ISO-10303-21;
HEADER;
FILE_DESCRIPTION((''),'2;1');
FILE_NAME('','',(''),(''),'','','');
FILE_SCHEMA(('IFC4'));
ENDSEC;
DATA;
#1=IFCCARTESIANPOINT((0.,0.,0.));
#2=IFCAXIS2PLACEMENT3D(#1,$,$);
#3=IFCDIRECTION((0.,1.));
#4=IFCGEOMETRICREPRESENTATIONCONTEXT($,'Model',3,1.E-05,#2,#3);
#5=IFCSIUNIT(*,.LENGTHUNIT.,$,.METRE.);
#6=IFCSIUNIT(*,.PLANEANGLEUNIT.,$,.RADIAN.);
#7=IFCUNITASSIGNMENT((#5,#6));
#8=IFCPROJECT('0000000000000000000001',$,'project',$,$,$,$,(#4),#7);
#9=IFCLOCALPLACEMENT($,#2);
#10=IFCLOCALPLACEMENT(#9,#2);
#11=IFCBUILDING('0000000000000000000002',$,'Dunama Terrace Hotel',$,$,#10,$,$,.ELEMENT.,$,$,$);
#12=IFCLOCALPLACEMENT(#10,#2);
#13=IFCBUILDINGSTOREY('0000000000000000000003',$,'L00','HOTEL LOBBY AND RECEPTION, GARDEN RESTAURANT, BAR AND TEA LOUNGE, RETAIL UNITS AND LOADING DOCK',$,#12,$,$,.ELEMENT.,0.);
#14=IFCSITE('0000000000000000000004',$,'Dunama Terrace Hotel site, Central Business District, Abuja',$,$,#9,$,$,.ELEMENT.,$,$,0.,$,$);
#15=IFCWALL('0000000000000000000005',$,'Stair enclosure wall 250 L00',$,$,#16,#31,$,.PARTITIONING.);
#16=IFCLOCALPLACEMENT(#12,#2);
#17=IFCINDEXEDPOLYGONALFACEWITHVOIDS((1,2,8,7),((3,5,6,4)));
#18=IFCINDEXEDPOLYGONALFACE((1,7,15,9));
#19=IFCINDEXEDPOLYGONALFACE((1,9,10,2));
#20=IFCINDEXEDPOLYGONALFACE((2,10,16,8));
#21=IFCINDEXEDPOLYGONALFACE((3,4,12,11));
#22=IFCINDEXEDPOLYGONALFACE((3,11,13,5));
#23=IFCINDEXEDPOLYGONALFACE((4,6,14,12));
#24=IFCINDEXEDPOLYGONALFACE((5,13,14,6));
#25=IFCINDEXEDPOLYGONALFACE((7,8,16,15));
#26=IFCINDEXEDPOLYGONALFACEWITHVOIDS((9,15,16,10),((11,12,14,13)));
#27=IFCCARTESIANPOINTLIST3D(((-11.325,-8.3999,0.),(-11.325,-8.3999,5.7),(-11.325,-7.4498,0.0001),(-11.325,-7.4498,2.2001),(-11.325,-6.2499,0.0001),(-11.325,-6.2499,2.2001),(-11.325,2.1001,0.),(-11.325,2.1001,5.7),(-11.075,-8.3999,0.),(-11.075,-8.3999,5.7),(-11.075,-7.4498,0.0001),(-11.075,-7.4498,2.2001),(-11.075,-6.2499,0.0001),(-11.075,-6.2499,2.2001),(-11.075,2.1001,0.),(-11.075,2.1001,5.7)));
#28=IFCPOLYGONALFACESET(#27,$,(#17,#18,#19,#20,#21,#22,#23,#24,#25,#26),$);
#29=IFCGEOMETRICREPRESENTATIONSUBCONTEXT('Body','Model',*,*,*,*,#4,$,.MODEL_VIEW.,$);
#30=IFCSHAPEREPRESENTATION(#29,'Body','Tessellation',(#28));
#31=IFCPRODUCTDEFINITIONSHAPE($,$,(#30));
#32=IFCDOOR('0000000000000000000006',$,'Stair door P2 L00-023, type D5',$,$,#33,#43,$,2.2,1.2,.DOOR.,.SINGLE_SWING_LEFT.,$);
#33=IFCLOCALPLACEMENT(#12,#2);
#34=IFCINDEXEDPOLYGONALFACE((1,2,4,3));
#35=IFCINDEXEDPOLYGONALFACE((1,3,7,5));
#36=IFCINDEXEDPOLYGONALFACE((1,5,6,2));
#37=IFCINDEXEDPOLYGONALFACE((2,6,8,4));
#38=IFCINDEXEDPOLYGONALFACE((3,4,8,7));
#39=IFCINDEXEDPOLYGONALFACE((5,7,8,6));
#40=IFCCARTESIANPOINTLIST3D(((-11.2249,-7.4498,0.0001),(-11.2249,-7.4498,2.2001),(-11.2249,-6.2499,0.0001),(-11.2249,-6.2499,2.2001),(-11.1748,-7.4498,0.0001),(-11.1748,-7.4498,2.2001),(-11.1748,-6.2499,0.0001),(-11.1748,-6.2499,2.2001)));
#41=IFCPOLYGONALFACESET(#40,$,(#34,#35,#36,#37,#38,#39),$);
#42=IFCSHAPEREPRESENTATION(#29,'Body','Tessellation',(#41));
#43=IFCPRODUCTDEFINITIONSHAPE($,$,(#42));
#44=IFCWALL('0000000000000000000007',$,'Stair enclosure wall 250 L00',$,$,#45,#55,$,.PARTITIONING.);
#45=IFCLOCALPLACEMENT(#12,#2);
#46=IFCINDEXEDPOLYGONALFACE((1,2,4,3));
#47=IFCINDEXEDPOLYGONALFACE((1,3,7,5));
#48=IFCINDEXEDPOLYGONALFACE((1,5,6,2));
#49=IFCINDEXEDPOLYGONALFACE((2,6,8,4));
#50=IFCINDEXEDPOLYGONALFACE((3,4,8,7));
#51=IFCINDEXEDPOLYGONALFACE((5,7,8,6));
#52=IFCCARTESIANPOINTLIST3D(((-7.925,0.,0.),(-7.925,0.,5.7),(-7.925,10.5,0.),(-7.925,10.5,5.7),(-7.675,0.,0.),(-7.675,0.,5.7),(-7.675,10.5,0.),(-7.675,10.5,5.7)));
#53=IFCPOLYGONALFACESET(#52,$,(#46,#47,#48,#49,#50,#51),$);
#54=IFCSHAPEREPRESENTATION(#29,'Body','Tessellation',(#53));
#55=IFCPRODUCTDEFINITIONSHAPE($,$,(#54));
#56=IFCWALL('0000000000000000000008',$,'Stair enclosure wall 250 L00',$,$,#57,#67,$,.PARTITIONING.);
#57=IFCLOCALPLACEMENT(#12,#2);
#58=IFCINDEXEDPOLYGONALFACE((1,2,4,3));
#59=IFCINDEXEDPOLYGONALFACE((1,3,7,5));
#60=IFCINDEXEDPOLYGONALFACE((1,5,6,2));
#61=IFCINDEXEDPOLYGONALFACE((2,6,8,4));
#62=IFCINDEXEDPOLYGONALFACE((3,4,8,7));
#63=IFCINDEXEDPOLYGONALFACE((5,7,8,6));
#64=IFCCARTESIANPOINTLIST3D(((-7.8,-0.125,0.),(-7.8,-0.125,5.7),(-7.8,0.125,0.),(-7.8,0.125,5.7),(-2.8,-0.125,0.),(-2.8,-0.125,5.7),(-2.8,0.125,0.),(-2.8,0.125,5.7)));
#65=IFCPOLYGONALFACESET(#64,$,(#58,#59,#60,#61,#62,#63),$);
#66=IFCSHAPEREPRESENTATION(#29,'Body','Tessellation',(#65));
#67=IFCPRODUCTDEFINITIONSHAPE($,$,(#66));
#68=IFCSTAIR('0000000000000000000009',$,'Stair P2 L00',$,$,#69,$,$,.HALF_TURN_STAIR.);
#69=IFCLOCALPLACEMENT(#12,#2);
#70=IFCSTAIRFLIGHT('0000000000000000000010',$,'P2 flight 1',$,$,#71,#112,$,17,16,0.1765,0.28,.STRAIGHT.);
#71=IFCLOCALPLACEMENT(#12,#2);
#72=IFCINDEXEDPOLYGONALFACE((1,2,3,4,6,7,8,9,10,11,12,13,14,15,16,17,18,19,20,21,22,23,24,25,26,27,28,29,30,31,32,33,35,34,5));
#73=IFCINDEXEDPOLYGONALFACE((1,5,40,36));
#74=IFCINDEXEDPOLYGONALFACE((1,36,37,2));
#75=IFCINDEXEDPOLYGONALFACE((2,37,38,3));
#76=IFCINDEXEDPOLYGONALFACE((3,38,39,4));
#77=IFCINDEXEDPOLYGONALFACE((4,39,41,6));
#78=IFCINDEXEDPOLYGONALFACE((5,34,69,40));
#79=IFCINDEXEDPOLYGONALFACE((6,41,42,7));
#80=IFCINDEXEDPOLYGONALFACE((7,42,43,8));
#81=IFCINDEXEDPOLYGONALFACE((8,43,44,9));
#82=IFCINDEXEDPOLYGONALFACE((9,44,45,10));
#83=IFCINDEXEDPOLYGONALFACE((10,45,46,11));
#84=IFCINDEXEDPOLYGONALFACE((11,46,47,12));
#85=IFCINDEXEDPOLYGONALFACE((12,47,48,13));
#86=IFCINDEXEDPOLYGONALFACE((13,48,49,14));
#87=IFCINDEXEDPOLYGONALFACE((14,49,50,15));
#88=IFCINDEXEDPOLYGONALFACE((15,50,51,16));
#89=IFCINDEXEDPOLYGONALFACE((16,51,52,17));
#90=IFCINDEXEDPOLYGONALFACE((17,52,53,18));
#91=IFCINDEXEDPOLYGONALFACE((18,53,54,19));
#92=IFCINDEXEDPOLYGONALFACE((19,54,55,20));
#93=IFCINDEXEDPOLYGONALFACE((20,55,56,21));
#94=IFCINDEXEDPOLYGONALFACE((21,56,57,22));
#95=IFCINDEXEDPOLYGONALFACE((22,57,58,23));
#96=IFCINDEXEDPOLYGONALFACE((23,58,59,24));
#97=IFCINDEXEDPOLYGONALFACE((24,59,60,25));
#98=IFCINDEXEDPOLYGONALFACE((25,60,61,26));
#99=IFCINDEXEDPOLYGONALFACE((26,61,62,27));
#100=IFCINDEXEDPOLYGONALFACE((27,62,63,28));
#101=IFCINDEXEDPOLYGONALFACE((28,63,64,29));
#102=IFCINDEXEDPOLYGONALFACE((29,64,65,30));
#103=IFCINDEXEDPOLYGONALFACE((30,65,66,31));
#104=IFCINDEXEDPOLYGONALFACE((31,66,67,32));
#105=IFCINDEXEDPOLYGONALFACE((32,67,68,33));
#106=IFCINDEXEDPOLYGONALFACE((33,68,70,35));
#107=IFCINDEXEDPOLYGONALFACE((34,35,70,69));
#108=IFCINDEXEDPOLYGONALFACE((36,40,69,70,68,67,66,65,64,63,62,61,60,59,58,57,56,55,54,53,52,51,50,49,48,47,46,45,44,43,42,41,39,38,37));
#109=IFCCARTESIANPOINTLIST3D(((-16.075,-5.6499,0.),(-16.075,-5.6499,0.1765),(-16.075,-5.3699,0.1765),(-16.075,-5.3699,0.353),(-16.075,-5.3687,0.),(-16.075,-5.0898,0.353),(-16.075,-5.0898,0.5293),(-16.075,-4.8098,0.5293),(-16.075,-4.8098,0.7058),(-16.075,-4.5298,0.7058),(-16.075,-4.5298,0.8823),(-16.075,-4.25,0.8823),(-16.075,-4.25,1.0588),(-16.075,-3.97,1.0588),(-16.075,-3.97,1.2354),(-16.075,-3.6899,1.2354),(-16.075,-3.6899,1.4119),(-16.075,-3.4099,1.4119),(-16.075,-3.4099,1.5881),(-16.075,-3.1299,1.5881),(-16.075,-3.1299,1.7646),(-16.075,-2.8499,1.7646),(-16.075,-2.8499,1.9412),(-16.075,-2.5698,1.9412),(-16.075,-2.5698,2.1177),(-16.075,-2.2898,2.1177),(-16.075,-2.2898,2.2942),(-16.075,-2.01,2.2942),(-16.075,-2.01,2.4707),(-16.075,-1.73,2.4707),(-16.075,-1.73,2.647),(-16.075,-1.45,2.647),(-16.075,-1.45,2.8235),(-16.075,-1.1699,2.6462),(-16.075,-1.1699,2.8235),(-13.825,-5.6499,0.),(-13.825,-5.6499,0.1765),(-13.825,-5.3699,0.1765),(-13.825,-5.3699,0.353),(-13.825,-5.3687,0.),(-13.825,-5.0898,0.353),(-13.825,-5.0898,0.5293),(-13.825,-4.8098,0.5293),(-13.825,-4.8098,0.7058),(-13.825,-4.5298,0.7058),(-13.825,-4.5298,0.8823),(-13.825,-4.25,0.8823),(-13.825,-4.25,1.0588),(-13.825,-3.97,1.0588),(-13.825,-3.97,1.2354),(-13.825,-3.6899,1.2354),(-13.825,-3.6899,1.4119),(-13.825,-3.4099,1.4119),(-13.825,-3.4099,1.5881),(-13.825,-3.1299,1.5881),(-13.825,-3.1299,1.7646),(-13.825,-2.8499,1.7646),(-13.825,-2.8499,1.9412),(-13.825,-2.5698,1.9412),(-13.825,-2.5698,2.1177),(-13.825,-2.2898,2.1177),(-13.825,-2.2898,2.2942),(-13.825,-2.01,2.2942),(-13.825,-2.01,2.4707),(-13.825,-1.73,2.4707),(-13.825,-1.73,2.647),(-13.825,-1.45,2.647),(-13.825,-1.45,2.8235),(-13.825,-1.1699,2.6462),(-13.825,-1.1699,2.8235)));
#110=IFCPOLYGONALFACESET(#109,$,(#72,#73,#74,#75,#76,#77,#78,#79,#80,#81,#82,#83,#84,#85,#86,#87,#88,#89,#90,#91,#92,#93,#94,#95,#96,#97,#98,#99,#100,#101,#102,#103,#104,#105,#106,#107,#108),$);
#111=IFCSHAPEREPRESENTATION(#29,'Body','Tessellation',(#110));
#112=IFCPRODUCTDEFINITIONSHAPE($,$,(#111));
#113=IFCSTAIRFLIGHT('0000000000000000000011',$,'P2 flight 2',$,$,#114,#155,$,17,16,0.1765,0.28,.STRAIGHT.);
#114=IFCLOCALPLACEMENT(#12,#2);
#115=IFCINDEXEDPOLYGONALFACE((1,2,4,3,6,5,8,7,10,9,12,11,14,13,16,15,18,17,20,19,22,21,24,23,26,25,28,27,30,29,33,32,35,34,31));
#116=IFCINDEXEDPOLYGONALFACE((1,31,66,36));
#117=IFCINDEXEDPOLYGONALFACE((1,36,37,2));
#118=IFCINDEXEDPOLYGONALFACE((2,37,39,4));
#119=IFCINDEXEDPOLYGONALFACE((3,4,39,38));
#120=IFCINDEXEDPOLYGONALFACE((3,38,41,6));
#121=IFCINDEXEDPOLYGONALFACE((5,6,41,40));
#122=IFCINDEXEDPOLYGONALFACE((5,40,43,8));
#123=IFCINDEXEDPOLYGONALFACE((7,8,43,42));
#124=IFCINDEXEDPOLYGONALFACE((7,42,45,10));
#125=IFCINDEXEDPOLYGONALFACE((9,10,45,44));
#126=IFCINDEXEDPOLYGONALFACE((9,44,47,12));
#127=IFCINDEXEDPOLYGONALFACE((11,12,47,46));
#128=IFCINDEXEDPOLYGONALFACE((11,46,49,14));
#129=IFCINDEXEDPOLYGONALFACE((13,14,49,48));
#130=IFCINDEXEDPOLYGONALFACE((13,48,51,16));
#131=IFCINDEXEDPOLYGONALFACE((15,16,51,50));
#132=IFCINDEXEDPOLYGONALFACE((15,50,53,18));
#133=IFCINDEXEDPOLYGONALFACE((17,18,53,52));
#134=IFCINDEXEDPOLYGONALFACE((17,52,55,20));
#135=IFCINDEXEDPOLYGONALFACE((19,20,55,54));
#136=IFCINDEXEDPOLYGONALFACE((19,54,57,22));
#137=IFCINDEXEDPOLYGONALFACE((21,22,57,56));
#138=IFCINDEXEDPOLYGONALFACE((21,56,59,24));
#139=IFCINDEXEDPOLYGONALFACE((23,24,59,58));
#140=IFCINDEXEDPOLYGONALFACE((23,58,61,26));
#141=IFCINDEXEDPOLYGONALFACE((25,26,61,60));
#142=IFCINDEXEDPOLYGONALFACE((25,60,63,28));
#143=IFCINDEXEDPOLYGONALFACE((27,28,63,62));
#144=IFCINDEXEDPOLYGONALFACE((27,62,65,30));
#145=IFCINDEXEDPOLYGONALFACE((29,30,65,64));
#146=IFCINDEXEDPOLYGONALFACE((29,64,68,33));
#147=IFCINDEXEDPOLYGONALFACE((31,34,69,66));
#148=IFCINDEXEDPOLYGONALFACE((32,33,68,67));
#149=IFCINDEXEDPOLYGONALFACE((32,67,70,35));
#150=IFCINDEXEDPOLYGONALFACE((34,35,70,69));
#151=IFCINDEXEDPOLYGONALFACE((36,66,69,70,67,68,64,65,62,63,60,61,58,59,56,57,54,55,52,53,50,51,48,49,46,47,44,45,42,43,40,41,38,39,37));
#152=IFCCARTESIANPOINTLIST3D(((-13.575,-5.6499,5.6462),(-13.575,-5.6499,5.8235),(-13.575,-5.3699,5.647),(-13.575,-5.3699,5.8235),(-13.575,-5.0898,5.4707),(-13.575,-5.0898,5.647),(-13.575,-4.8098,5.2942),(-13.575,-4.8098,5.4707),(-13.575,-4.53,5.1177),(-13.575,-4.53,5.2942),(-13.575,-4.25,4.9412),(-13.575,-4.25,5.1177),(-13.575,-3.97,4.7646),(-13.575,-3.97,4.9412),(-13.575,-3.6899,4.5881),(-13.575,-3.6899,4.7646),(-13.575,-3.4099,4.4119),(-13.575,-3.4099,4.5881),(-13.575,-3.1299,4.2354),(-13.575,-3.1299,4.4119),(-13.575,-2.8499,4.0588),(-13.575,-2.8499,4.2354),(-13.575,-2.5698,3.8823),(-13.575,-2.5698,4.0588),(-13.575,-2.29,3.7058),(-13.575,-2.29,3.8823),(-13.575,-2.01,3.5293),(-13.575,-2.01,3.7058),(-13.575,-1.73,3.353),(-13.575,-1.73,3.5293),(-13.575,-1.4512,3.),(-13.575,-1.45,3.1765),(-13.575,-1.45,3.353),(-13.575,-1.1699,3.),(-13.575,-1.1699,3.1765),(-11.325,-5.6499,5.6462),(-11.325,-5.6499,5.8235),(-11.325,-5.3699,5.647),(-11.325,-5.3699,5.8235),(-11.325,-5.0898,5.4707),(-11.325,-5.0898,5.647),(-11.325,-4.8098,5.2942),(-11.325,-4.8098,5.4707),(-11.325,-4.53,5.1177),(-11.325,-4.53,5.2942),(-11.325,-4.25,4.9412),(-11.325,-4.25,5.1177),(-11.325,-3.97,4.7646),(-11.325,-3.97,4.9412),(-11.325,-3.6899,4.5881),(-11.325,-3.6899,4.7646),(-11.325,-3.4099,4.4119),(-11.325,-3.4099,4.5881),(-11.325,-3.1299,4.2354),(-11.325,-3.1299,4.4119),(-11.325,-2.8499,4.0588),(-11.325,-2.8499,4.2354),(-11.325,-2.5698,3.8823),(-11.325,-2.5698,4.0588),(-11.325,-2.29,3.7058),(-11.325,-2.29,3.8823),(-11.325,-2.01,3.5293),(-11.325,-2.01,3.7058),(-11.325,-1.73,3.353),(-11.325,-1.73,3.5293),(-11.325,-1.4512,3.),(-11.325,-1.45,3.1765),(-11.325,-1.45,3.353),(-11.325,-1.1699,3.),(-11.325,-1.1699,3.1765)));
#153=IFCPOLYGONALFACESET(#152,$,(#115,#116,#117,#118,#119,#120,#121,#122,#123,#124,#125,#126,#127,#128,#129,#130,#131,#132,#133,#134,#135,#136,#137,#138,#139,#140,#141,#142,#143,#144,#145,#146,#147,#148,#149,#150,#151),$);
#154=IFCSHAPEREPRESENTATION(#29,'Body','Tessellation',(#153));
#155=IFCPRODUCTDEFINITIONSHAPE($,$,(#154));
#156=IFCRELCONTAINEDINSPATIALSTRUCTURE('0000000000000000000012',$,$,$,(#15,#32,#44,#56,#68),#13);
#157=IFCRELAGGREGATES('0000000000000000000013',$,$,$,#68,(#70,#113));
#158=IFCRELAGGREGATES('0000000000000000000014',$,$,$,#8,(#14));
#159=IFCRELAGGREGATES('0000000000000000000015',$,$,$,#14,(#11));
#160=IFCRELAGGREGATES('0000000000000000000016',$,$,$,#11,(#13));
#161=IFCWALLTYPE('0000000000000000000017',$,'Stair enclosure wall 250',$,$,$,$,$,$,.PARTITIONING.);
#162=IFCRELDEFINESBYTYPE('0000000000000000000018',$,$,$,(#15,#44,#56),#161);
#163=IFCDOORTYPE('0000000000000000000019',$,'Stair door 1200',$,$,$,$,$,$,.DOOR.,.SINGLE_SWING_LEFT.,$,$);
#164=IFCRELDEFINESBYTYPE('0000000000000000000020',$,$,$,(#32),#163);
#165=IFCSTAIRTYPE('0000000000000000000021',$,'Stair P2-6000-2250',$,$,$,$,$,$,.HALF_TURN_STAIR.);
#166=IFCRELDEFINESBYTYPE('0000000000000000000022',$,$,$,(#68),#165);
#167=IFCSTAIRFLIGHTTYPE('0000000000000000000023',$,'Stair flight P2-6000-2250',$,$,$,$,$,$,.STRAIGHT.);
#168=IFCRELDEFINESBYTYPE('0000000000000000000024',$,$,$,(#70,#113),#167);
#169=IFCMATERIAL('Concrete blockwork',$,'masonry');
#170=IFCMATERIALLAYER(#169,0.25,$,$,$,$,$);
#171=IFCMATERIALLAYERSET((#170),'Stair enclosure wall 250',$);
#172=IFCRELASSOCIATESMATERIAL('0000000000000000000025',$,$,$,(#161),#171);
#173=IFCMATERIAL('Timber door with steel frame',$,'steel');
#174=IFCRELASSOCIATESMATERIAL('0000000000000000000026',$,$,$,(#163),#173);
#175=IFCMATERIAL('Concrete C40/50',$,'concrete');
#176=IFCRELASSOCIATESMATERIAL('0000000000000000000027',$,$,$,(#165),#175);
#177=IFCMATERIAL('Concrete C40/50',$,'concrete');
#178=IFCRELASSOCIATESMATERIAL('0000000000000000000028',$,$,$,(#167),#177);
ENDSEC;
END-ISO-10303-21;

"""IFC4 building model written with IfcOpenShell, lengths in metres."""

from ifc_helpers import new_model, si_unit, direction, frame, frame_2d, origin, place, context, subcontext, project, spatial, polyline, rectangle, outline, extrude, material, layer, layer_set, type_object, element, fill, aggregate, save


model = new_model("IFC4")

# Units and contexts
model_context = context("Model", 3, precision=1e-05, world=origin(), true_north=direction((0.0, 1.0)))
body_context = subcontext(model_context, "Body", "Model", "MODEL_VIEW")
ifc_project = project(units=[si_unit("LENGTHUNIT", "METRE"), si_unit("PLANEANGLEUNIT", "RADIAN")], contexts=[model_context])

# Site, building, storey
site_placement = place(None, origin())
site = spatial("IfcSite", under=ifc_project, at=site_placement, Name="Dunama Terrace Hotel site, Central Business District, Abuja", CompositionType="ELEMENT", RefElevation=0.0)
building_placement = place(site_placement, origin())
building = spatial("IfcBuilding", under=site, at=building_placement, Name="Dunama Terrace Hotel", CompositionType="ELEMENT")
storey_placement = place(building_placement, origin())
storey = spatial("IfcBuildingStorey", under=building, at=storey_placement, Name="L00", Description="HOTEL LOBBY AND RECEPTION, GARDEN RESTAURANT, BAR AND TEA LOUNGE, RETAIL UNITS AND LOADING DOCK", CompositionType="ELEMENT", Elevation=0.0)

# Wall, opening, door
ifc_material_1 = material(Name="Concrete blockwork", Category="masonry")
ifc_layer_1 = layer(ifc_material_1, 0.25)
ifc_layer_set_1 = layer_set([ifc_layer_1], Name="Stair enclosure wall 250")
wall_type_1 = type_object("IfcWallType", Name="Stair enclosure wall 250", PredefinedType="PARTITIONING", material=ifc_layer_set_1)
wall_1_placement = place(storey_placement, frame((-11.2, -8.3999, 0.0), z_axis=(0.0, 0.0, 1.0), x_axis=(0.0, 1.0, 0.0)))
wall_1 = element("IfcWall", 1, at=wall_1_placement, inside=storey, type_object=wall_type_1, Name="Stair enclosure wall 250 L00", PredefinedType="PARTITIONING", context=body_context, shape_type="SweptSolid", body=[
    extrude(rectangle(XDim=10.5, YDim=0.25, at=frame_2d((5.25, 0.0))), origin(), (0.0, 0.0, 1.0), 5.7),
])
opening_placement = place(wall_1_placement, frame((0.95, 0.0, 0.0)))
opening = element("IfcOpeningElement", 2, at=opening_placement, cuts=wall_1, PredefinedType="OPENING", context=body_context, shape_type="SweptSolid", body=[
    extrude(rectangle(XDim=1.2, YDim=2.2, at=frame_2d((0.6001, 1.1001))), frame((0.0, 0.135, 0.0), z_axis=(0.0, -1.0, 0.0), x_axis=(1.0, 0.0, 0.0)), (0.0, 0.0, 1.0), 0.27),
])
ifc_material_2 = material(Name="Timber door with steel frame", Category="steel")
door_type = type_object("IfcDoorType", Name="Stair door 1200", OperationType="SINGLE_SWING_LEFT", PredefinedType="DOOR", material=ifc_material_2)
door_placement = place(opening_placement, frame((1.2, 0.0, 0.0), z_axis=(0.0, 0.0, 1.0), x_axis=(-1.0, 0.0, 0.0)))
door = element("IfcDoor", 3, at=door_placement, inside=storey, type_object=door_type, Name="Stair door P2 L00-023, type D5", OperationType="SINGLE_SWING_LEFT", OverallHeight=2.2, OverallWidth=1.2, PredefinedType="DOOR", context=body_context, shape_type="SweptSolid", body=[
    extrude(rectangle(XDim=1.2, YDim=2.2, at=frame_2d((0.5999, 1.1001))), frame((0.0, 0.0251, 0.0), z_axis=(0.0, -1.0, 0.0), x_axis=(1.0, 0.0, 0.0)), (0.0, 0.0, 1.0), 0.05),
])
fill(opening, door)

# Walls
wall_2_placement = place(storey_placement, frame((-7.8, 0.0, 0.0), z_axis=(0.0, 0.0, 1.0), x_axis=(0.0, 1.0, 0.0)))
element("IfcWall", 4, at=wall_2_placement, inside=storey, type_object=wall_type_1, Name="Stair enclosure wall 250 L00", PredefinedType="PARTITIONING", context=body_context, shape_type="SweptSolid", body=[
    extrude(rectangle(XDim=10.5, YDim=0.25, at=frame_2d((5.25, 0.0))), origin(), (0.0, 0.0, 1.0), 5.7),
])
wall_3_placement = place(storey_placement, frame((-7.8, 0.0, 0.0), z_axis=(0.0, 0.0, 1.0), x_axis=(1.0, 0.0, 0.0)))
element("IfcWall", 5, at=wall_3_placement, inside=storey, type_object=wall_type_1, Name="Stair enclosure wall 250 L00", PredefinedType="PARTITIONING", context=body_context, shape_type="SweptSolid", body=[
    extrude(rectangle(XDim=5.0, YDim=0.25, at=frame_2d((2.5, 0.0))), origin(), (0.0, 0.0, 1.0), 5.7),
])

# Stair, stair flights
ifc_material_3 = material(Name="Concrete C40/50", Category="concrete")
stair_type = type_object("IfcStairType", Name="Stair P2-6000-2250", PredefinedType="HALF_TURN_STAIR", material=ifc_material_3)
stair_placement = place(storey_placement, origin())
stair = element("IfcStair", 6, at=stair_placement, inside=storey, type_object=stair_type, Name="Stair P2 L00", PredefinedType="HALF_TURN_STAIR")
ifc_material_4 = material(Name="Concrete C40/50", Category="concrete")
stair_flight_type = type_object("IfcStairFlightType", Name="Stair flight P2-6000-2250", PredefinedType="STRAIGHT", material=ifc_material_4)
stair_flight_1_placement = place(storey_placement, frame((-14.95, -5.6499, 0.0), z_axis=(0.0, 0.0, 1.0), x_axis=(0.0, 1.0, 0.0)))
stair_flight_1 = element("IfcStairFlight", 7, at=stair_flight_1_placement, type_object=stair_flight_type, Name="P2 flight 1", NumberOfRisers=17, NumberOfTreads=16, PredefinedType="STRAIGHT", RiserHeight=0.1765, TreadLength=0.28, context=body_context, shape_type="SweptSolid", body=[
    extrude(outline(polyline([(0.0, 0.0), (0.0, 0.1765), (0.28, 0.1765), (0.28, 0.353), (0.5601, 0.353), (0.5601, 0.5293), (0.8401, 0.5293), (0.8401, 0.7058), (1.1201, 0.7058), (1.1201, 0.8823), (1.3999, 0.8823), (1.3999, 1.0588), (1.6799, 1.0588), (1.6799, 1.2354), (1.96, 1.2354), (1.96, 1.4119), (2.24, 1.4119), (2.24, 1.5881), (2.52, 1.5881), (2.52, 1.7646), (2.8, 1.7646), (2.8, 1.9412), (3.0801, 1.9412), (3.0801, 2.1177), (3.3601, 2.1177), (3.3601, 2.2942), (3.6399, 2.2942), (3.6399, 2.4707), (3.9199, 2.4707), (3.9199, 2.647), (4.2, 2.647), (4.2, 2.8235), (4.48, 2.8235), (4.48, 3.0), (4.48, 2.6462), (0.2812, 0.0), (0.0, 0.0)])), frame((0.0, 1.125, 0.0), z_axis=(0.0, -1.0, 0.0), x_axis=(1.0, 0.0, 0.0)), (0.0, 0.0, 1.0), 2.25),
])
stair_flight_2_placement = place(storey_placement, frame((-12.45, -1.1699, 3.0), z_axis=(0.0, 0.0, 1.0), x_axis=(0.0, -1.0, 0.0)))
stair_flight_2 = element("IfcStairFlight", 8, at=stair_flight_2_placement, type_object=stair_flight_type, Name="P2 flight 2", NumberOfRisers=17, NumberOfTreads=16, PredefinedType="STRAIGHT", RiserHeight=0.1765, TreadLength=0.28, context=body_context, shape_type="SweptSolid", body=[
    extrude(outline(polyline([(0.0, 0.0), (0.0, 0.1765), (0.28, 0.1765), (0.28, 0.353), (0.5601, 0.353), (0.5601, 0.5293), (0.8401, 0.5293), (0.8401, 0.7058), (1.1201, 0.7058), (1.1201, 0.8823), (1.3999, 0.8823), (1.3999, 1.0588), (1.6799, 1.0588), (1.6799, 1.2354), (1.96, 1.2354), (1.96, 1.4119), (2.24, 1.4119), (2.24, 1.5881), (2.52, 1.5881), (2.52, 1.7646), (2.8, 1.7646), (2.8, 1.9412), (3.0801, 1.9412), (3.0801, 2.1177), (3.3601, 2.1177), (3.3601, 2.2942), (3.6399, 2.2942), (3.6399, 2.4707), (3.9199, 2.4707), (3.9199, 2.647), (4.2, 2.647), (4.2, 2.8235), (4.48, 2.8235), (4.48, 3.0), (4.48, 2.6462), (0.2812, 0.0), (0.0, 0.0)])), frame((0.0, 1.125, 0.0), z_axis=(0.0, -1.0, 0.0), x_axis=(1.0, 0.0, 0.0)), (0.0, 0.0, 1.0), 2.25),
])
aggregate(stair, [stair_flight_1, stair_flight_2])

save(model, "model.ifc")
